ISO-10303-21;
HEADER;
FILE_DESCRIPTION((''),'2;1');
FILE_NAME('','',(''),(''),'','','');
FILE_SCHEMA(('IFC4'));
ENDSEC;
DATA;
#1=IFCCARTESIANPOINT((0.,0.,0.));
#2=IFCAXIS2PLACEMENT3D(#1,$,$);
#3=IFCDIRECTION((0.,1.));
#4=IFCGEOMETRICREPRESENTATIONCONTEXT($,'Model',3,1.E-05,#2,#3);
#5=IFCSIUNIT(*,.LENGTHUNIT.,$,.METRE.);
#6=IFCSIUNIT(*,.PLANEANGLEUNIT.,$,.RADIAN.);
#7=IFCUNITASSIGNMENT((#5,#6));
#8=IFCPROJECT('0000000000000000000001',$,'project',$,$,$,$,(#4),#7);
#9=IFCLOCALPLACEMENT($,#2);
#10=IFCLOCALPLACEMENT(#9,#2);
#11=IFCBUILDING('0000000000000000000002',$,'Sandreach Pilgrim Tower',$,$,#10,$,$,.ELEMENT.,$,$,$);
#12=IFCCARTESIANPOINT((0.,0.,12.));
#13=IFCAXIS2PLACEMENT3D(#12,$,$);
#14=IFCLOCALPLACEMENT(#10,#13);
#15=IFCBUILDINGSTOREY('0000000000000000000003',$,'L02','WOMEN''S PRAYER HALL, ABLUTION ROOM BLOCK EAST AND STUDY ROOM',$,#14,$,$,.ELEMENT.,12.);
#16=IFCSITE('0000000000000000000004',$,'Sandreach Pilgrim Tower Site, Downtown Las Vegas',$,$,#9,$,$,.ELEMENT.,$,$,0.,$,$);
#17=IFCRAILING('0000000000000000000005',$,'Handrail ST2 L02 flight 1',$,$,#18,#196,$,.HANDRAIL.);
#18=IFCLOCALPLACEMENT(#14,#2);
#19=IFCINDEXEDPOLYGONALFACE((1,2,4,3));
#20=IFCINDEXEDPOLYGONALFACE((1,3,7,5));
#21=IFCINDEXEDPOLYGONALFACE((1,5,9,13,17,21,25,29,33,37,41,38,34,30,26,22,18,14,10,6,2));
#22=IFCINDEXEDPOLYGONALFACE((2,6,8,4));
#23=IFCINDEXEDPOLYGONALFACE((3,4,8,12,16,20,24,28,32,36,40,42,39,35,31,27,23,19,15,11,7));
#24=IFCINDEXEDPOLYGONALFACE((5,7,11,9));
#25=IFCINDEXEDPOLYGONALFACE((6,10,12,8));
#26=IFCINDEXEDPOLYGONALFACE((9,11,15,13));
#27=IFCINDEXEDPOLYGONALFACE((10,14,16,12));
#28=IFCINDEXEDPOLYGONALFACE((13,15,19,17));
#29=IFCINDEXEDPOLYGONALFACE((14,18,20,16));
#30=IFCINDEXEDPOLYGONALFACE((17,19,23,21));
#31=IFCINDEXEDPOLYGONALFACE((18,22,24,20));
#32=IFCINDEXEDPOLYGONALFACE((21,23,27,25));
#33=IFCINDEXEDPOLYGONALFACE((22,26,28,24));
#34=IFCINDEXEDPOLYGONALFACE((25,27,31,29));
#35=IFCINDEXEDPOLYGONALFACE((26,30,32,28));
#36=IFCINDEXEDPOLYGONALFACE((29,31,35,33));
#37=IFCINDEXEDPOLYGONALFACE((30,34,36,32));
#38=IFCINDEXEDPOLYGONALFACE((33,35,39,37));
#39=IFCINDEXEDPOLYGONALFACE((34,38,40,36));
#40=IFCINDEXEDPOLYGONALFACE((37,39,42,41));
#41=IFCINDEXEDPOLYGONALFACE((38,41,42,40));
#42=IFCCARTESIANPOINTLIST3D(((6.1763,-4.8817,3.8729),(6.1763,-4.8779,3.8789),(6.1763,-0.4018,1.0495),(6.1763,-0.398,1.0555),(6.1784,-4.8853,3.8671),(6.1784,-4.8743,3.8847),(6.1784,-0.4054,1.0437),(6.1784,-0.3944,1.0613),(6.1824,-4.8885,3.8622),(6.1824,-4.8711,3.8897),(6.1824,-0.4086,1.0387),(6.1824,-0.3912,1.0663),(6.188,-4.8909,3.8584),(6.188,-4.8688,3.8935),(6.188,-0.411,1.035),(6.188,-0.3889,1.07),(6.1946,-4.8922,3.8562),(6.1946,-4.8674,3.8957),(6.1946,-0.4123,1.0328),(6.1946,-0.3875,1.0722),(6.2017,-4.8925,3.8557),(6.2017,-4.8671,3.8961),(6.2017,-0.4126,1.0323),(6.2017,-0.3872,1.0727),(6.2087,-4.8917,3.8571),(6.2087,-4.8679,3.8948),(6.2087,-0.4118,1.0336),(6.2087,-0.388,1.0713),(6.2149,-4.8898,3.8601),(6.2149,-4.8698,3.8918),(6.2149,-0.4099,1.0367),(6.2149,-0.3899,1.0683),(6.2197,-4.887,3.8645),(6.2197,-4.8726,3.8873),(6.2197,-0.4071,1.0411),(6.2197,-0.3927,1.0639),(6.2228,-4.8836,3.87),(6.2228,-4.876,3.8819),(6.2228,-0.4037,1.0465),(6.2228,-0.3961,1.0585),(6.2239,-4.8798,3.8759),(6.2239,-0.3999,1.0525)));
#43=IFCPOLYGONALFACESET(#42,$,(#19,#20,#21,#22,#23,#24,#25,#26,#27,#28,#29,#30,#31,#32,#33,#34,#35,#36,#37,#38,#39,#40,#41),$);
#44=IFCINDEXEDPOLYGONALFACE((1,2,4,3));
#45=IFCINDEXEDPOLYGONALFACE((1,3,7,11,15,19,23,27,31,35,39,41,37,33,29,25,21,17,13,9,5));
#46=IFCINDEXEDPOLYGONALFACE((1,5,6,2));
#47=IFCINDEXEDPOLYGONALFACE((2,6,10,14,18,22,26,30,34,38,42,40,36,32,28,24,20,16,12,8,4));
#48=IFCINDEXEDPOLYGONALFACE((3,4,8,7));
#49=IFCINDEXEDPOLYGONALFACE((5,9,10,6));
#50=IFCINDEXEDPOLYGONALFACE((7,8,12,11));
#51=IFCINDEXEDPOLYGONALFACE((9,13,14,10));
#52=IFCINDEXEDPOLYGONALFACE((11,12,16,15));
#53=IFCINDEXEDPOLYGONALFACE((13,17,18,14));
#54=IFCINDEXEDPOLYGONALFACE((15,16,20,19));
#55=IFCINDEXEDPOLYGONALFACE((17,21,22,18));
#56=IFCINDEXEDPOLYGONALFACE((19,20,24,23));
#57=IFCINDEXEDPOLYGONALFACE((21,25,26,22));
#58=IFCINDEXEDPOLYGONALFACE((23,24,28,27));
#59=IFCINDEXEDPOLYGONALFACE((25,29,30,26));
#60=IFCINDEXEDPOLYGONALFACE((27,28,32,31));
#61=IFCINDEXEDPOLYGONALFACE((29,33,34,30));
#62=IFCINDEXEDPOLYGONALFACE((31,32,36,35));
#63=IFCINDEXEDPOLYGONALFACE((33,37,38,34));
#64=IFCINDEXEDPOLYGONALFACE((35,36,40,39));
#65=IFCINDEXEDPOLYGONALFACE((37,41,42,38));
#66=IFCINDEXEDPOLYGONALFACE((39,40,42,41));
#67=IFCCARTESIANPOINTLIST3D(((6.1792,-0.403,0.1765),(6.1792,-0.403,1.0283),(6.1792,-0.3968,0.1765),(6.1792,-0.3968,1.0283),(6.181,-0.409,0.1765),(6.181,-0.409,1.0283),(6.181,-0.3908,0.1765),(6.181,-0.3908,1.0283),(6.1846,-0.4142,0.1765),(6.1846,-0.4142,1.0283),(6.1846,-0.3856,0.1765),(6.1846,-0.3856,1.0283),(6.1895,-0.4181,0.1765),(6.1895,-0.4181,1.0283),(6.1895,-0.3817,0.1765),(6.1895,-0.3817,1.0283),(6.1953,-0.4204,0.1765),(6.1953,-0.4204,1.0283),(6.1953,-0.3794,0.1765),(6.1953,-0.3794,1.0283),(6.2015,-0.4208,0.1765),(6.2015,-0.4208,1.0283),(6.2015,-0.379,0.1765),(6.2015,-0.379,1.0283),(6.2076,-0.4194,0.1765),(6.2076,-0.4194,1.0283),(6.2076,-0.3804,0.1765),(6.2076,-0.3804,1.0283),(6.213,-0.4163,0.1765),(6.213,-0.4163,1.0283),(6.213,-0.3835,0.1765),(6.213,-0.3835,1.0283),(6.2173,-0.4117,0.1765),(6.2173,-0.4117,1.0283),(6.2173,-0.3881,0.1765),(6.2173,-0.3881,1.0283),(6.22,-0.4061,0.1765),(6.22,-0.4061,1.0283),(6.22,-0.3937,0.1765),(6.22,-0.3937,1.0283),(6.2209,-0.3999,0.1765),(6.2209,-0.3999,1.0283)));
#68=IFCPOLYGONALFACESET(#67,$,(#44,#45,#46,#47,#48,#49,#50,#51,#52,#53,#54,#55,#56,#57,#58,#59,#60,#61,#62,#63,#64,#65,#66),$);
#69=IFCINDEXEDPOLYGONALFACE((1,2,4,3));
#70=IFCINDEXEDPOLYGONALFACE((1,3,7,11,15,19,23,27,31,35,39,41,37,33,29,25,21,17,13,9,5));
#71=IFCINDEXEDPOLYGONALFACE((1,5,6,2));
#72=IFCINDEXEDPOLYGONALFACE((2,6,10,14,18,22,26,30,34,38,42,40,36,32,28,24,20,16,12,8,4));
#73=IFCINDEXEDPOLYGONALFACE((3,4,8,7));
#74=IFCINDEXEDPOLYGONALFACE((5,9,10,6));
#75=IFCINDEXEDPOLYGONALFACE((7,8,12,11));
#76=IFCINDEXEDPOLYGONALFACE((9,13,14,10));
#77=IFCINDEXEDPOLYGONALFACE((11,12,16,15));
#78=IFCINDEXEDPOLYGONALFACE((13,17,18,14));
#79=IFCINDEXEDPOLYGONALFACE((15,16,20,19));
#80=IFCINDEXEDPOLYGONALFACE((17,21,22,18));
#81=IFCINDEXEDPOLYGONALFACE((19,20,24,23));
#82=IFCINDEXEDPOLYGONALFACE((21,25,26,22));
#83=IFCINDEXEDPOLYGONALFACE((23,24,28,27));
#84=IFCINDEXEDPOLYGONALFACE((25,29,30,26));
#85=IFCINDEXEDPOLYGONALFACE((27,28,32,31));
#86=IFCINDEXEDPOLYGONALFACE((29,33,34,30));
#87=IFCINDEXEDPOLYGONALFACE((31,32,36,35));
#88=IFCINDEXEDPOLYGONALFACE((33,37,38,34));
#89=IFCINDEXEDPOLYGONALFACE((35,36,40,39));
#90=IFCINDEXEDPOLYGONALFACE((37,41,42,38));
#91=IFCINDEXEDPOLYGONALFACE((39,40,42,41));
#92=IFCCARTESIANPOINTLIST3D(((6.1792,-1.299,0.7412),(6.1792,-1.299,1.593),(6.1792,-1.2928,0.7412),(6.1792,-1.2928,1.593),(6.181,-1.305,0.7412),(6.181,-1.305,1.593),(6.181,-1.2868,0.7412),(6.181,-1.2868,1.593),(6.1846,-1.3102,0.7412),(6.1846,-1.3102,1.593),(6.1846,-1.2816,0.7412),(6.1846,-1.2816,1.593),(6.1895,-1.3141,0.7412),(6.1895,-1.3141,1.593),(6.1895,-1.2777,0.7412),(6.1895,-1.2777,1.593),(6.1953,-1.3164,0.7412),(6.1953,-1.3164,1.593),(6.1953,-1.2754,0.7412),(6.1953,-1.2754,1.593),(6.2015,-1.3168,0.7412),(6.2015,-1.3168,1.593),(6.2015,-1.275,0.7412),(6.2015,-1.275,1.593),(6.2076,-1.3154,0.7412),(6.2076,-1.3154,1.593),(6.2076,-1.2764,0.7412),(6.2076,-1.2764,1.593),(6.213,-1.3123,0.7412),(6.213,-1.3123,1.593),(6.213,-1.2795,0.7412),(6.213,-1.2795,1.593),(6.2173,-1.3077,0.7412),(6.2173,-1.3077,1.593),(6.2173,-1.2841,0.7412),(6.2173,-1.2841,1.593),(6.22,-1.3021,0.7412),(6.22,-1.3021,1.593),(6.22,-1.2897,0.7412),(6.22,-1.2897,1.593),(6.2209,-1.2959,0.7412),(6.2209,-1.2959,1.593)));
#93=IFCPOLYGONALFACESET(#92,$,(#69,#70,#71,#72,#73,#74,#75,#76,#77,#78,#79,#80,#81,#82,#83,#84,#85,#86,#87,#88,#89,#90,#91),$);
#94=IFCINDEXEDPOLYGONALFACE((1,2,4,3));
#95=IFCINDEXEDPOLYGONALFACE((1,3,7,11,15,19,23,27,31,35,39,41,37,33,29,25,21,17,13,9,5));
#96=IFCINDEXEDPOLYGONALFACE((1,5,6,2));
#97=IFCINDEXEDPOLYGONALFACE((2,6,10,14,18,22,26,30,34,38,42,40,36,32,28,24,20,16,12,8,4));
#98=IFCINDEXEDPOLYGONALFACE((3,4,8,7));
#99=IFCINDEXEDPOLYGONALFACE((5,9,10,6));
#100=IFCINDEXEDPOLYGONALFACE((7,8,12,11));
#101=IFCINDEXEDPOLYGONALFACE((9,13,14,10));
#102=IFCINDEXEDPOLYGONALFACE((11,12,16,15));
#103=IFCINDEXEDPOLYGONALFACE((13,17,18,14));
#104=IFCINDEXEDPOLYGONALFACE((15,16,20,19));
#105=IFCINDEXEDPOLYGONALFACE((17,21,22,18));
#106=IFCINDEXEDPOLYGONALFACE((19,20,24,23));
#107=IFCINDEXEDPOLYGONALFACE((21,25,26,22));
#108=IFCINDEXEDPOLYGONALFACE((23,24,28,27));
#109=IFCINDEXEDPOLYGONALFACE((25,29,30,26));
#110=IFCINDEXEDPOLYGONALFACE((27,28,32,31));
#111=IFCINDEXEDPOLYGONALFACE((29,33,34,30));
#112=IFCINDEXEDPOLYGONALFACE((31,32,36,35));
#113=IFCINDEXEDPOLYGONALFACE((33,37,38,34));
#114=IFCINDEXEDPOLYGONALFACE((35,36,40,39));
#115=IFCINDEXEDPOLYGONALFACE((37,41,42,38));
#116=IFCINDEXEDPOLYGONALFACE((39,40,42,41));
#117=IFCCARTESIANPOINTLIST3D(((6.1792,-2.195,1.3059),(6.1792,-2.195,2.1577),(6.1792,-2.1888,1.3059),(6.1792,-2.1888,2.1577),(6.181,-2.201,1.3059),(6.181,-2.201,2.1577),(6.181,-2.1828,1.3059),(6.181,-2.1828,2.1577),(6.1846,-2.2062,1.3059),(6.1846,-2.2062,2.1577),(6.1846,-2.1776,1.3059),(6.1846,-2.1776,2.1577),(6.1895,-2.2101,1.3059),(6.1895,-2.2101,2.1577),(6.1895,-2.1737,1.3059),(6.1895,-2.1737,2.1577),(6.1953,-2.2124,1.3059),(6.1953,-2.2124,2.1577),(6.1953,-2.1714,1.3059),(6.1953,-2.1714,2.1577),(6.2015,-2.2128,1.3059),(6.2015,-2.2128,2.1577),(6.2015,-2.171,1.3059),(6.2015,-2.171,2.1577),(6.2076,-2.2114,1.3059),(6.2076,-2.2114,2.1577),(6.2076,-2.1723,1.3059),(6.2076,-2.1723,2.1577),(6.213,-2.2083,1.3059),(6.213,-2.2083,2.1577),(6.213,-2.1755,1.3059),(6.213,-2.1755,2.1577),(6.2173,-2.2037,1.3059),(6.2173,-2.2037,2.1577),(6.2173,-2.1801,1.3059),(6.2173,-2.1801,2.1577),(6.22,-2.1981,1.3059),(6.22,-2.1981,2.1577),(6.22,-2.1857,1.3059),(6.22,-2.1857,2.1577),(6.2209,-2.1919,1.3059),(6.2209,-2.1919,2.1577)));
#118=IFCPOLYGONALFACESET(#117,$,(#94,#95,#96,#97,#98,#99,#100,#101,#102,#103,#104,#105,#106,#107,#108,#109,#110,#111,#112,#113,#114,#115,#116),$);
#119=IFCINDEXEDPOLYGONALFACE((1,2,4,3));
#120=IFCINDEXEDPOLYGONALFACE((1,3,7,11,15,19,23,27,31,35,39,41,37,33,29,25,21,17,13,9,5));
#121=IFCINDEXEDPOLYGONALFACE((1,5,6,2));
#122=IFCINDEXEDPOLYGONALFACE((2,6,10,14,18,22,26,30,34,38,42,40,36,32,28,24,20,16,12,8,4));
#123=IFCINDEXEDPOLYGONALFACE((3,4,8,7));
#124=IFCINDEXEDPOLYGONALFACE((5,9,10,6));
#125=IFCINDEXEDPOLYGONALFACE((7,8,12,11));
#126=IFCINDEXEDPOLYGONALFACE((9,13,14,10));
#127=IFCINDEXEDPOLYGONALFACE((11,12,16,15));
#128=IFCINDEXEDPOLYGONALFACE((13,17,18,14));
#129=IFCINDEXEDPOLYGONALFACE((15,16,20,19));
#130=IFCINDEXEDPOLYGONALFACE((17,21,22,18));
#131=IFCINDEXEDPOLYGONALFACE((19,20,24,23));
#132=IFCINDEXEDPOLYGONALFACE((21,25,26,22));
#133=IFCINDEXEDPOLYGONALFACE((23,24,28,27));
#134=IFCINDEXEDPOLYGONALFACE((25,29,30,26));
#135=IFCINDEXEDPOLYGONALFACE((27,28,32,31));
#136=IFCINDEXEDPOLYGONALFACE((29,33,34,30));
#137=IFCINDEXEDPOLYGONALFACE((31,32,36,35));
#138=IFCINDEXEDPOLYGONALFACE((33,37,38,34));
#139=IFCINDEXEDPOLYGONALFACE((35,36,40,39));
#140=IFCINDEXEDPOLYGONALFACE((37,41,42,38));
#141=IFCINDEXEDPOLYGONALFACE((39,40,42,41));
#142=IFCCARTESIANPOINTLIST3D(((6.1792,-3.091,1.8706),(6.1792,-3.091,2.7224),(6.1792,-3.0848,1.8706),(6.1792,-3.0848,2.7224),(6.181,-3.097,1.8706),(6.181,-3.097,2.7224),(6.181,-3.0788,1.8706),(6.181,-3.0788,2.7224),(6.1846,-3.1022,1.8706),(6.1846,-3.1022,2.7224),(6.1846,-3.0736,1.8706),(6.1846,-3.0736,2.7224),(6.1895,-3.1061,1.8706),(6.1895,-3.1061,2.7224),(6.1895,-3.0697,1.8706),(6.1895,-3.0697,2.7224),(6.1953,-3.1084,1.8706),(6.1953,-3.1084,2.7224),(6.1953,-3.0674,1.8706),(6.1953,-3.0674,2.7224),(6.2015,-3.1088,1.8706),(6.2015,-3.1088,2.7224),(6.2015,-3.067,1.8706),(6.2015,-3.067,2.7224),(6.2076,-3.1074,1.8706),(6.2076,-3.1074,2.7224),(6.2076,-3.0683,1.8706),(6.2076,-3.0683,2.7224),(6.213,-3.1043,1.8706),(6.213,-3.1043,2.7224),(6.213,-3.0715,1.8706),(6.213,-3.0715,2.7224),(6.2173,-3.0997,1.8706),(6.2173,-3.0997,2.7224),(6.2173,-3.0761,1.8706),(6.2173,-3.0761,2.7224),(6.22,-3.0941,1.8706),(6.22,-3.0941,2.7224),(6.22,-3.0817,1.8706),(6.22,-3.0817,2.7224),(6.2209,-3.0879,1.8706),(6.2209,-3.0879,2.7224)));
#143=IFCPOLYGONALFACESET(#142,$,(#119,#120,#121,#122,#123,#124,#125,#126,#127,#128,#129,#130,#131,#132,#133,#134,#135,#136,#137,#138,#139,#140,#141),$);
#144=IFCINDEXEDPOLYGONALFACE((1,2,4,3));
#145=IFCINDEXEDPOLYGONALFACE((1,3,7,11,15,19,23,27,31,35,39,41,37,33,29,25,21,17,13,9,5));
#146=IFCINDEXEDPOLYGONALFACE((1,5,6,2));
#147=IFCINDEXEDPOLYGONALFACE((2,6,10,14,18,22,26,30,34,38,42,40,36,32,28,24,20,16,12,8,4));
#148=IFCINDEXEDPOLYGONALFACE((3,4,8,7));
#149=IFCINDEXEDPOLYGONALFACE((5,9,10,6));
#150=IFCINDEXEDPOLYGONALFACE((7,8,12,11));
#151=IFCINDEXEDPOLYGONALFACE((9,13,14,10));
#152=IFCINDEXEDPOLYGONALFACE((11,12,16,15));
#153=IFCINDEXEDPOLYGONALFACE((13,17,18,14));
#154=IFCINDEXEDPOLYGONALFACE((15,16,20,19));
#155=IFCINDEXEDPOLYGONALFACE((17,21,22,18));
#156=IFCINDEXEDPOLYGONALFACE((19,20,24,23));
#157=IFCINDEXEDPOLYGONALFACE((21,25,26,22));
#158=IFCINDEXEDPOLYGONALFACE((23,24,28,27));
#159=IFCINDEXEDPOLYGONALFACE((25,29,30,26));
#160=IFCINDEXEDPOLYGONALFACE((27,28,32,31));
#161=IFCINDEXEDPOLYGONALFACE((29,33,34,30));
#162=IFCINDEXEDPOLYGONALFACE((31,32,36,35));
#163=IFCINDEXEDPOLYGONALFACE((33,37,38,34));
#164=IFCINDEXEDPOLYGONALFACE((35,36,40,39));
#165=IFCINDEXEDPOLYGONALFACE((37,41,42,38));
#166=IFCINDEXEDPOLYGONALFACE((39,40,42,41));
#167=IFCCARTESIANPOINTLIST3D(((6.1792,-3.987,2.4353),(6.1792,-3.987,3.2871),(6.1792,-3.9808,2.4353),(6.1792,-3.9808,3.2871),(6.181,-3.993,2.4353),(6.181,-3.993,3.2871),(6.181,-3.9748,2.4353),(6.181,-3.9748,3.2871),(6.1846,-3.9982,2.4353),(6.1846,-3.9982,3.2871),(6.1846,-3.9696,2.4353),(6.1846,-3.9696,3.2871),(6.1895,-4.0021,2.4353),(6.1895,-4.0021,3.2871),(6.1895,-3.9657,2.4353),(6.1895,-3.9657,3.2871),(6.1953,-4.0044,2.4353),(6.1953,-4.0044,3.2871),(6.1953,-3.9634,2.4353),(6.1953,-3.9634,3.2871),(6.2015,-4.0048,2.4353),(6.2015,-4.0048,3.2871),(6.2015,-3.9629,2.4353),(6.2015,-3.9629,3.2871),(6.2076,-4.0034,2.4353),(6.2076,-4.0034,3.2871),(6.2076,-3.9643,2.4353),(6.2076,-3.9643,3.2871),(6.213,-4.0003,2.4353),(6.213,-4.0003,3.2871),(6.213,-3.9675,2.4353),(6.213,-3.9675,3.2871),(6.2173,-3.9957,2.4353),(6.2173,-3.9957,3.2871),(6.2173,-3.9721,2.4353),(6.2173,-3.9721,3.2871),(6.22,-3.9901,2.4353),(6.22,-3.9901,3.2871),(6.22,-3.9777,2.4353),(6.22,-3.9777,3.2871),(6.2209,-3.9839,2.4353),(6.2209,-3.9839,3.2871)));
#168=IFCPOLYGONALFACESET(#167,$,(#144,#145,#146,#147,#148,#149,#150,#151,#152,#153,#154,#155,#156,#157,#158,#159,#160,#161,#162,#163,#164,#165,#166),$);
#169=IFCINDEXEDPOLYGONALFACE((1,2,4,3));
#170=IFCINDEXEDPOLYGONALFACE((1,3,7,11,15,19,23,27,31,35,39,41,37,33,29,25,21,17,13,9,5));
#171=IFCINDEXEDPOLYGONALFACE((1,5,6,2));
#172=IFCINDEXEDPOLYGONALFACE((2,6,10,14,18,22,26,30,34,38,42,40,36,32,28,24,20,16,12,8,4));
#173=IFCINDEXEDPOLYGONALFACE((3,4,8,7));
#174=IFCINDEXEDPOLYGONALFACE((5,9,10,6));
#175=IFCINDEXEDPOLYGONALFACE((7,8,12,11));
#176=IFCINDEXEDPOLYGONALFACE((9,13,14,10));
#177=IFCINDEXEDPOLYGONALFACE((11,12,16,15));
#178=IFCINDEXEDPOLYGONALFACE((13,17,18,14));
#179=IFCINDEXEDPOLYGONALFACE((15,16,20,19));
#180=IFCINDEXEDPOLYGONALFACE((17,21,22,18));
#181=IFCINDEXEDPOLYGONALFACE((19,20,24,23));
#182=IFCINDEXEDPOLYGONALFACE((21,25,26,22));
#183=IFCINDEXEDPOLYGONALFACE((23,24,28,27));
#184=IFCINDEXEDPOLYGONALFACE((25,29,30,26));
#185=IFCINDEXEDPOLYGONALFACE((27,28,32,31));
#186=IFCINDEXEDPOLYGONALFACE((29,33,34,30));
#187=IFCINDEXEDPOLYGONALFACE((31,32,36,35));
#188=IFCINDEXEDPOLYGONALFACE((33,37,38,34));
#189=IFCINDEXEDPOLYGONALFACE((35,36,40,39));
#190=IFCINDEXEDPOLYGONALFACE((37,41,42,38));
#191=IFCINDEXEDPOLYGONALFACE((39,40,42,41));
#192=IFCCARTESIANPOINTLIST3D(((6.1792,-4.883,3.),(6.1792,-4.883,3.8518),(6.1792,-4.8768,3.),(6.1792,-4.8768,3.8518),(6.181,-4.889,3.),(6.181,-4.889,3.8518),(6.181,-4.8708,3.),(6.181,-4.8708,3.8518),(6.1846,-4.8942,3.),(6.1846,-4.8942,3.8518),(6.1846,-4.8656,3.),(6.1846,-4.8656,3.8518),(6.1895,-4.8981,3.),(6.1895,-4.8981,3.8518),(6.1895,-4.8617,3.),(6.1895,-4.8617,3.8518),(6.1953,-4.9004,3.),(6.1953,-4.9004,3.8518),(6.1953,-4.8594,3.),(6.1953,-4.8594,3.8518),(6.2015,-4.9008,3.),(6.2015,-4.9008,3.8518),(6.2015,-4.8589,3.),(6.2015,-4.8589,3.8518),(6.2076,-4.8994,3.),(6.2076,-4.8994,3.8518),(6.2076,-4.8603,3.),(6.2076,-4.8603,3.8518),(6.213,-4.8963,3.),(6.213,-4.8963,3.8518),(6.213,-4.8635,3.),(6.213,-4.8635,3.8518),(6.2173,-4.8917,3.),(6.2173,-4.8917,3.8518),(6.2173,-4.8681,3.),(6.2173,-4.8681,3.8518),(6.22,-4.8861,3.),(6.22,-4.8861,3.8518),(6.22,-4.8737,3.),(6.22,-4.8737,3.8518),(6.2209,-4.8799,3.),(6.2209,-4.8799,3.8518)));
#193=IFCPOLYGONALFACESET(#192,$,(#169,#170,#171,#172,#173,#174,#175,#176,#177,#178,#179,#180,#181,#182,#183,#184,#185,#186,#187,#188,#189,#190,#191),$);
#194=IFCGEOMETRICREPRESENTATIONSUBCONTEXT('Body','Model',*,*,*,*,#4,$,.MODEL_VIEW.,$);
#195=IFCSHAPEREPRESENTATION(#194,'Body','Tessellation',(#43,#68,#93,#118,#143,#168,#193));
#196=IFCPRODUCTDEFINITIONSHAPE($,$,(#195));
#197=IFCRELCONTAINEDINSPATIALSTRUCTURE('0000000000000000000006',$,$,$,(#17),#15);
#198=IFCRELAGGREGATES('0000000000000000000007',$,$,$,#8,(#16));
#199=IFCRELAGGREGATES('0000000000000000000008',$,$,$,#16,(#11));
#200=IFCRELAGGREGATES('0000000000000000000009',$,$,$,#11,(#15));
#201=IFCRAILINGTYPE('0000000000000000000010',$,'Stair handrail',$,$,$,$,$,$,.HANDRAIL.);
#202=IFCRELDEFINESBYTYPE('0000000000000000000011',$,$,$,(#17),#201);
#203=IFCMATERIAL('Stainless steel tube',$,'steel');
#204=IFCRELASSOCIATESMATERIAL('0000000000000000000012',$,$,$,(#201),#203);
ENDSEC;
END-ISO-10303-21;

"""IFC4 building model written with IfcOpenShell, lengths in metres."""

from ifc_helpers import new_model, si_unit, direction, frame, origin, origin_2d, place, context, subcontext, project, spatial, circle, extrude, material, type_object, element, save


model = new_model("IFC4")

# Units and contexts
model_context = context("Model", 3, precision=1e-05, world=origin(), true_north=direction((0.0, 1.0)))
body_context = subcontext(model_context, "Body", "Model", "MODEL_VIEW")
ifc_project = project(units=[si_unit("LENGTHUNIT", "METRE"), si_unit("PLANEANGLEUNIT", "RADIAN")], contexts=[model_context])

# Site, building, storey
site_placement = place(None, origin())
site = spatial("IfcSite", under=ifc_project, at=site_placement, Name="Sandreach Pilgrim Tower Site, Downtown Las Vegas", CompositionType="ELEMENT", RefElevation=0.0)
building_placement = place(site_placement, origin())
building = spatial("IfcBuilding", under=site, at=building_placement, Name="Sandreach Pilgrim Tower", CompositionType="ELEMENT")
storey_placement = place(building_placement, frame((0.0, 0.0, 12.0)))
storey = spatial("IfcBuildingStorey", under=building, at=storey_placement, Name="L02", Description="WOMEN'S PRAYER HALL, ABLUTION ROOM BLOCK EAST AND STUDY ROOM", CompositionType="ELEMENT", Elevation=12.0)

# Railing
ifc_material_1 = material(Name="Stainless steel tube", Category="steel")
railing_type = type_object("IfcRailingType", Name="Stair handrail", PredefinedType="HANDRAIL", material=ifc_material_1)
for number, where, name in (
    (1, (6.2, -0.3999, 0.1765), "Handrail ST2 L02 flight 1"),
):
    element("IfcRailing", number, at=place(storey_placement, frame(where)), inside=storey, type_object=railing_type, Name=name, PredefinedType="HANDRAIL", context=body_context, shape_type="SweptSolid", body=[
        extrude(circle(Radius=0.0239, at=origin_2d()), frame((0.0, 0.0, 0.876), z_axis=(0.0, -0.845998, 0.533186), x_axis=(1.0, 0.0, 0.0)), (0.0, 0.0, 1.0), 5.2954),
        extrude(circle(Radius=0.021, at=origin_2d()), origin(), (0.0, 0.0, 1.0), 0.8518),
        extrude(circle(Radius=0.021, at=origin_2d()), frame((0.0, -0.896, 0.5647)), (0.0, 0.0, 1.0), 0.8518),
        extrude(circle(Radius=0.021, at=origin_2d()), frame((0.0, -1.792, 1.1294)), (0.0, 0.0, 1.0), 0.8518),
        extrude(circle(Radius=0.021, at=origin_2d()), frame((0.0, -2.688, 1.6941)), (0.0, 0.0, 1.0), 0.8518),
        extrude(circle(Radius=0.021, at=origin_2d()), frame((0.0, -3.584, 2.2588)), (0.0, 0.0, 1.0), 0.8518),
        extrude(circle(Radius=0.021, at=origin_2d()), frame((0.0, -4.48, 2.8235)), (0.0, 0.0, 1.0), 0.8518),
    ])

save(model, "model.ifc")
